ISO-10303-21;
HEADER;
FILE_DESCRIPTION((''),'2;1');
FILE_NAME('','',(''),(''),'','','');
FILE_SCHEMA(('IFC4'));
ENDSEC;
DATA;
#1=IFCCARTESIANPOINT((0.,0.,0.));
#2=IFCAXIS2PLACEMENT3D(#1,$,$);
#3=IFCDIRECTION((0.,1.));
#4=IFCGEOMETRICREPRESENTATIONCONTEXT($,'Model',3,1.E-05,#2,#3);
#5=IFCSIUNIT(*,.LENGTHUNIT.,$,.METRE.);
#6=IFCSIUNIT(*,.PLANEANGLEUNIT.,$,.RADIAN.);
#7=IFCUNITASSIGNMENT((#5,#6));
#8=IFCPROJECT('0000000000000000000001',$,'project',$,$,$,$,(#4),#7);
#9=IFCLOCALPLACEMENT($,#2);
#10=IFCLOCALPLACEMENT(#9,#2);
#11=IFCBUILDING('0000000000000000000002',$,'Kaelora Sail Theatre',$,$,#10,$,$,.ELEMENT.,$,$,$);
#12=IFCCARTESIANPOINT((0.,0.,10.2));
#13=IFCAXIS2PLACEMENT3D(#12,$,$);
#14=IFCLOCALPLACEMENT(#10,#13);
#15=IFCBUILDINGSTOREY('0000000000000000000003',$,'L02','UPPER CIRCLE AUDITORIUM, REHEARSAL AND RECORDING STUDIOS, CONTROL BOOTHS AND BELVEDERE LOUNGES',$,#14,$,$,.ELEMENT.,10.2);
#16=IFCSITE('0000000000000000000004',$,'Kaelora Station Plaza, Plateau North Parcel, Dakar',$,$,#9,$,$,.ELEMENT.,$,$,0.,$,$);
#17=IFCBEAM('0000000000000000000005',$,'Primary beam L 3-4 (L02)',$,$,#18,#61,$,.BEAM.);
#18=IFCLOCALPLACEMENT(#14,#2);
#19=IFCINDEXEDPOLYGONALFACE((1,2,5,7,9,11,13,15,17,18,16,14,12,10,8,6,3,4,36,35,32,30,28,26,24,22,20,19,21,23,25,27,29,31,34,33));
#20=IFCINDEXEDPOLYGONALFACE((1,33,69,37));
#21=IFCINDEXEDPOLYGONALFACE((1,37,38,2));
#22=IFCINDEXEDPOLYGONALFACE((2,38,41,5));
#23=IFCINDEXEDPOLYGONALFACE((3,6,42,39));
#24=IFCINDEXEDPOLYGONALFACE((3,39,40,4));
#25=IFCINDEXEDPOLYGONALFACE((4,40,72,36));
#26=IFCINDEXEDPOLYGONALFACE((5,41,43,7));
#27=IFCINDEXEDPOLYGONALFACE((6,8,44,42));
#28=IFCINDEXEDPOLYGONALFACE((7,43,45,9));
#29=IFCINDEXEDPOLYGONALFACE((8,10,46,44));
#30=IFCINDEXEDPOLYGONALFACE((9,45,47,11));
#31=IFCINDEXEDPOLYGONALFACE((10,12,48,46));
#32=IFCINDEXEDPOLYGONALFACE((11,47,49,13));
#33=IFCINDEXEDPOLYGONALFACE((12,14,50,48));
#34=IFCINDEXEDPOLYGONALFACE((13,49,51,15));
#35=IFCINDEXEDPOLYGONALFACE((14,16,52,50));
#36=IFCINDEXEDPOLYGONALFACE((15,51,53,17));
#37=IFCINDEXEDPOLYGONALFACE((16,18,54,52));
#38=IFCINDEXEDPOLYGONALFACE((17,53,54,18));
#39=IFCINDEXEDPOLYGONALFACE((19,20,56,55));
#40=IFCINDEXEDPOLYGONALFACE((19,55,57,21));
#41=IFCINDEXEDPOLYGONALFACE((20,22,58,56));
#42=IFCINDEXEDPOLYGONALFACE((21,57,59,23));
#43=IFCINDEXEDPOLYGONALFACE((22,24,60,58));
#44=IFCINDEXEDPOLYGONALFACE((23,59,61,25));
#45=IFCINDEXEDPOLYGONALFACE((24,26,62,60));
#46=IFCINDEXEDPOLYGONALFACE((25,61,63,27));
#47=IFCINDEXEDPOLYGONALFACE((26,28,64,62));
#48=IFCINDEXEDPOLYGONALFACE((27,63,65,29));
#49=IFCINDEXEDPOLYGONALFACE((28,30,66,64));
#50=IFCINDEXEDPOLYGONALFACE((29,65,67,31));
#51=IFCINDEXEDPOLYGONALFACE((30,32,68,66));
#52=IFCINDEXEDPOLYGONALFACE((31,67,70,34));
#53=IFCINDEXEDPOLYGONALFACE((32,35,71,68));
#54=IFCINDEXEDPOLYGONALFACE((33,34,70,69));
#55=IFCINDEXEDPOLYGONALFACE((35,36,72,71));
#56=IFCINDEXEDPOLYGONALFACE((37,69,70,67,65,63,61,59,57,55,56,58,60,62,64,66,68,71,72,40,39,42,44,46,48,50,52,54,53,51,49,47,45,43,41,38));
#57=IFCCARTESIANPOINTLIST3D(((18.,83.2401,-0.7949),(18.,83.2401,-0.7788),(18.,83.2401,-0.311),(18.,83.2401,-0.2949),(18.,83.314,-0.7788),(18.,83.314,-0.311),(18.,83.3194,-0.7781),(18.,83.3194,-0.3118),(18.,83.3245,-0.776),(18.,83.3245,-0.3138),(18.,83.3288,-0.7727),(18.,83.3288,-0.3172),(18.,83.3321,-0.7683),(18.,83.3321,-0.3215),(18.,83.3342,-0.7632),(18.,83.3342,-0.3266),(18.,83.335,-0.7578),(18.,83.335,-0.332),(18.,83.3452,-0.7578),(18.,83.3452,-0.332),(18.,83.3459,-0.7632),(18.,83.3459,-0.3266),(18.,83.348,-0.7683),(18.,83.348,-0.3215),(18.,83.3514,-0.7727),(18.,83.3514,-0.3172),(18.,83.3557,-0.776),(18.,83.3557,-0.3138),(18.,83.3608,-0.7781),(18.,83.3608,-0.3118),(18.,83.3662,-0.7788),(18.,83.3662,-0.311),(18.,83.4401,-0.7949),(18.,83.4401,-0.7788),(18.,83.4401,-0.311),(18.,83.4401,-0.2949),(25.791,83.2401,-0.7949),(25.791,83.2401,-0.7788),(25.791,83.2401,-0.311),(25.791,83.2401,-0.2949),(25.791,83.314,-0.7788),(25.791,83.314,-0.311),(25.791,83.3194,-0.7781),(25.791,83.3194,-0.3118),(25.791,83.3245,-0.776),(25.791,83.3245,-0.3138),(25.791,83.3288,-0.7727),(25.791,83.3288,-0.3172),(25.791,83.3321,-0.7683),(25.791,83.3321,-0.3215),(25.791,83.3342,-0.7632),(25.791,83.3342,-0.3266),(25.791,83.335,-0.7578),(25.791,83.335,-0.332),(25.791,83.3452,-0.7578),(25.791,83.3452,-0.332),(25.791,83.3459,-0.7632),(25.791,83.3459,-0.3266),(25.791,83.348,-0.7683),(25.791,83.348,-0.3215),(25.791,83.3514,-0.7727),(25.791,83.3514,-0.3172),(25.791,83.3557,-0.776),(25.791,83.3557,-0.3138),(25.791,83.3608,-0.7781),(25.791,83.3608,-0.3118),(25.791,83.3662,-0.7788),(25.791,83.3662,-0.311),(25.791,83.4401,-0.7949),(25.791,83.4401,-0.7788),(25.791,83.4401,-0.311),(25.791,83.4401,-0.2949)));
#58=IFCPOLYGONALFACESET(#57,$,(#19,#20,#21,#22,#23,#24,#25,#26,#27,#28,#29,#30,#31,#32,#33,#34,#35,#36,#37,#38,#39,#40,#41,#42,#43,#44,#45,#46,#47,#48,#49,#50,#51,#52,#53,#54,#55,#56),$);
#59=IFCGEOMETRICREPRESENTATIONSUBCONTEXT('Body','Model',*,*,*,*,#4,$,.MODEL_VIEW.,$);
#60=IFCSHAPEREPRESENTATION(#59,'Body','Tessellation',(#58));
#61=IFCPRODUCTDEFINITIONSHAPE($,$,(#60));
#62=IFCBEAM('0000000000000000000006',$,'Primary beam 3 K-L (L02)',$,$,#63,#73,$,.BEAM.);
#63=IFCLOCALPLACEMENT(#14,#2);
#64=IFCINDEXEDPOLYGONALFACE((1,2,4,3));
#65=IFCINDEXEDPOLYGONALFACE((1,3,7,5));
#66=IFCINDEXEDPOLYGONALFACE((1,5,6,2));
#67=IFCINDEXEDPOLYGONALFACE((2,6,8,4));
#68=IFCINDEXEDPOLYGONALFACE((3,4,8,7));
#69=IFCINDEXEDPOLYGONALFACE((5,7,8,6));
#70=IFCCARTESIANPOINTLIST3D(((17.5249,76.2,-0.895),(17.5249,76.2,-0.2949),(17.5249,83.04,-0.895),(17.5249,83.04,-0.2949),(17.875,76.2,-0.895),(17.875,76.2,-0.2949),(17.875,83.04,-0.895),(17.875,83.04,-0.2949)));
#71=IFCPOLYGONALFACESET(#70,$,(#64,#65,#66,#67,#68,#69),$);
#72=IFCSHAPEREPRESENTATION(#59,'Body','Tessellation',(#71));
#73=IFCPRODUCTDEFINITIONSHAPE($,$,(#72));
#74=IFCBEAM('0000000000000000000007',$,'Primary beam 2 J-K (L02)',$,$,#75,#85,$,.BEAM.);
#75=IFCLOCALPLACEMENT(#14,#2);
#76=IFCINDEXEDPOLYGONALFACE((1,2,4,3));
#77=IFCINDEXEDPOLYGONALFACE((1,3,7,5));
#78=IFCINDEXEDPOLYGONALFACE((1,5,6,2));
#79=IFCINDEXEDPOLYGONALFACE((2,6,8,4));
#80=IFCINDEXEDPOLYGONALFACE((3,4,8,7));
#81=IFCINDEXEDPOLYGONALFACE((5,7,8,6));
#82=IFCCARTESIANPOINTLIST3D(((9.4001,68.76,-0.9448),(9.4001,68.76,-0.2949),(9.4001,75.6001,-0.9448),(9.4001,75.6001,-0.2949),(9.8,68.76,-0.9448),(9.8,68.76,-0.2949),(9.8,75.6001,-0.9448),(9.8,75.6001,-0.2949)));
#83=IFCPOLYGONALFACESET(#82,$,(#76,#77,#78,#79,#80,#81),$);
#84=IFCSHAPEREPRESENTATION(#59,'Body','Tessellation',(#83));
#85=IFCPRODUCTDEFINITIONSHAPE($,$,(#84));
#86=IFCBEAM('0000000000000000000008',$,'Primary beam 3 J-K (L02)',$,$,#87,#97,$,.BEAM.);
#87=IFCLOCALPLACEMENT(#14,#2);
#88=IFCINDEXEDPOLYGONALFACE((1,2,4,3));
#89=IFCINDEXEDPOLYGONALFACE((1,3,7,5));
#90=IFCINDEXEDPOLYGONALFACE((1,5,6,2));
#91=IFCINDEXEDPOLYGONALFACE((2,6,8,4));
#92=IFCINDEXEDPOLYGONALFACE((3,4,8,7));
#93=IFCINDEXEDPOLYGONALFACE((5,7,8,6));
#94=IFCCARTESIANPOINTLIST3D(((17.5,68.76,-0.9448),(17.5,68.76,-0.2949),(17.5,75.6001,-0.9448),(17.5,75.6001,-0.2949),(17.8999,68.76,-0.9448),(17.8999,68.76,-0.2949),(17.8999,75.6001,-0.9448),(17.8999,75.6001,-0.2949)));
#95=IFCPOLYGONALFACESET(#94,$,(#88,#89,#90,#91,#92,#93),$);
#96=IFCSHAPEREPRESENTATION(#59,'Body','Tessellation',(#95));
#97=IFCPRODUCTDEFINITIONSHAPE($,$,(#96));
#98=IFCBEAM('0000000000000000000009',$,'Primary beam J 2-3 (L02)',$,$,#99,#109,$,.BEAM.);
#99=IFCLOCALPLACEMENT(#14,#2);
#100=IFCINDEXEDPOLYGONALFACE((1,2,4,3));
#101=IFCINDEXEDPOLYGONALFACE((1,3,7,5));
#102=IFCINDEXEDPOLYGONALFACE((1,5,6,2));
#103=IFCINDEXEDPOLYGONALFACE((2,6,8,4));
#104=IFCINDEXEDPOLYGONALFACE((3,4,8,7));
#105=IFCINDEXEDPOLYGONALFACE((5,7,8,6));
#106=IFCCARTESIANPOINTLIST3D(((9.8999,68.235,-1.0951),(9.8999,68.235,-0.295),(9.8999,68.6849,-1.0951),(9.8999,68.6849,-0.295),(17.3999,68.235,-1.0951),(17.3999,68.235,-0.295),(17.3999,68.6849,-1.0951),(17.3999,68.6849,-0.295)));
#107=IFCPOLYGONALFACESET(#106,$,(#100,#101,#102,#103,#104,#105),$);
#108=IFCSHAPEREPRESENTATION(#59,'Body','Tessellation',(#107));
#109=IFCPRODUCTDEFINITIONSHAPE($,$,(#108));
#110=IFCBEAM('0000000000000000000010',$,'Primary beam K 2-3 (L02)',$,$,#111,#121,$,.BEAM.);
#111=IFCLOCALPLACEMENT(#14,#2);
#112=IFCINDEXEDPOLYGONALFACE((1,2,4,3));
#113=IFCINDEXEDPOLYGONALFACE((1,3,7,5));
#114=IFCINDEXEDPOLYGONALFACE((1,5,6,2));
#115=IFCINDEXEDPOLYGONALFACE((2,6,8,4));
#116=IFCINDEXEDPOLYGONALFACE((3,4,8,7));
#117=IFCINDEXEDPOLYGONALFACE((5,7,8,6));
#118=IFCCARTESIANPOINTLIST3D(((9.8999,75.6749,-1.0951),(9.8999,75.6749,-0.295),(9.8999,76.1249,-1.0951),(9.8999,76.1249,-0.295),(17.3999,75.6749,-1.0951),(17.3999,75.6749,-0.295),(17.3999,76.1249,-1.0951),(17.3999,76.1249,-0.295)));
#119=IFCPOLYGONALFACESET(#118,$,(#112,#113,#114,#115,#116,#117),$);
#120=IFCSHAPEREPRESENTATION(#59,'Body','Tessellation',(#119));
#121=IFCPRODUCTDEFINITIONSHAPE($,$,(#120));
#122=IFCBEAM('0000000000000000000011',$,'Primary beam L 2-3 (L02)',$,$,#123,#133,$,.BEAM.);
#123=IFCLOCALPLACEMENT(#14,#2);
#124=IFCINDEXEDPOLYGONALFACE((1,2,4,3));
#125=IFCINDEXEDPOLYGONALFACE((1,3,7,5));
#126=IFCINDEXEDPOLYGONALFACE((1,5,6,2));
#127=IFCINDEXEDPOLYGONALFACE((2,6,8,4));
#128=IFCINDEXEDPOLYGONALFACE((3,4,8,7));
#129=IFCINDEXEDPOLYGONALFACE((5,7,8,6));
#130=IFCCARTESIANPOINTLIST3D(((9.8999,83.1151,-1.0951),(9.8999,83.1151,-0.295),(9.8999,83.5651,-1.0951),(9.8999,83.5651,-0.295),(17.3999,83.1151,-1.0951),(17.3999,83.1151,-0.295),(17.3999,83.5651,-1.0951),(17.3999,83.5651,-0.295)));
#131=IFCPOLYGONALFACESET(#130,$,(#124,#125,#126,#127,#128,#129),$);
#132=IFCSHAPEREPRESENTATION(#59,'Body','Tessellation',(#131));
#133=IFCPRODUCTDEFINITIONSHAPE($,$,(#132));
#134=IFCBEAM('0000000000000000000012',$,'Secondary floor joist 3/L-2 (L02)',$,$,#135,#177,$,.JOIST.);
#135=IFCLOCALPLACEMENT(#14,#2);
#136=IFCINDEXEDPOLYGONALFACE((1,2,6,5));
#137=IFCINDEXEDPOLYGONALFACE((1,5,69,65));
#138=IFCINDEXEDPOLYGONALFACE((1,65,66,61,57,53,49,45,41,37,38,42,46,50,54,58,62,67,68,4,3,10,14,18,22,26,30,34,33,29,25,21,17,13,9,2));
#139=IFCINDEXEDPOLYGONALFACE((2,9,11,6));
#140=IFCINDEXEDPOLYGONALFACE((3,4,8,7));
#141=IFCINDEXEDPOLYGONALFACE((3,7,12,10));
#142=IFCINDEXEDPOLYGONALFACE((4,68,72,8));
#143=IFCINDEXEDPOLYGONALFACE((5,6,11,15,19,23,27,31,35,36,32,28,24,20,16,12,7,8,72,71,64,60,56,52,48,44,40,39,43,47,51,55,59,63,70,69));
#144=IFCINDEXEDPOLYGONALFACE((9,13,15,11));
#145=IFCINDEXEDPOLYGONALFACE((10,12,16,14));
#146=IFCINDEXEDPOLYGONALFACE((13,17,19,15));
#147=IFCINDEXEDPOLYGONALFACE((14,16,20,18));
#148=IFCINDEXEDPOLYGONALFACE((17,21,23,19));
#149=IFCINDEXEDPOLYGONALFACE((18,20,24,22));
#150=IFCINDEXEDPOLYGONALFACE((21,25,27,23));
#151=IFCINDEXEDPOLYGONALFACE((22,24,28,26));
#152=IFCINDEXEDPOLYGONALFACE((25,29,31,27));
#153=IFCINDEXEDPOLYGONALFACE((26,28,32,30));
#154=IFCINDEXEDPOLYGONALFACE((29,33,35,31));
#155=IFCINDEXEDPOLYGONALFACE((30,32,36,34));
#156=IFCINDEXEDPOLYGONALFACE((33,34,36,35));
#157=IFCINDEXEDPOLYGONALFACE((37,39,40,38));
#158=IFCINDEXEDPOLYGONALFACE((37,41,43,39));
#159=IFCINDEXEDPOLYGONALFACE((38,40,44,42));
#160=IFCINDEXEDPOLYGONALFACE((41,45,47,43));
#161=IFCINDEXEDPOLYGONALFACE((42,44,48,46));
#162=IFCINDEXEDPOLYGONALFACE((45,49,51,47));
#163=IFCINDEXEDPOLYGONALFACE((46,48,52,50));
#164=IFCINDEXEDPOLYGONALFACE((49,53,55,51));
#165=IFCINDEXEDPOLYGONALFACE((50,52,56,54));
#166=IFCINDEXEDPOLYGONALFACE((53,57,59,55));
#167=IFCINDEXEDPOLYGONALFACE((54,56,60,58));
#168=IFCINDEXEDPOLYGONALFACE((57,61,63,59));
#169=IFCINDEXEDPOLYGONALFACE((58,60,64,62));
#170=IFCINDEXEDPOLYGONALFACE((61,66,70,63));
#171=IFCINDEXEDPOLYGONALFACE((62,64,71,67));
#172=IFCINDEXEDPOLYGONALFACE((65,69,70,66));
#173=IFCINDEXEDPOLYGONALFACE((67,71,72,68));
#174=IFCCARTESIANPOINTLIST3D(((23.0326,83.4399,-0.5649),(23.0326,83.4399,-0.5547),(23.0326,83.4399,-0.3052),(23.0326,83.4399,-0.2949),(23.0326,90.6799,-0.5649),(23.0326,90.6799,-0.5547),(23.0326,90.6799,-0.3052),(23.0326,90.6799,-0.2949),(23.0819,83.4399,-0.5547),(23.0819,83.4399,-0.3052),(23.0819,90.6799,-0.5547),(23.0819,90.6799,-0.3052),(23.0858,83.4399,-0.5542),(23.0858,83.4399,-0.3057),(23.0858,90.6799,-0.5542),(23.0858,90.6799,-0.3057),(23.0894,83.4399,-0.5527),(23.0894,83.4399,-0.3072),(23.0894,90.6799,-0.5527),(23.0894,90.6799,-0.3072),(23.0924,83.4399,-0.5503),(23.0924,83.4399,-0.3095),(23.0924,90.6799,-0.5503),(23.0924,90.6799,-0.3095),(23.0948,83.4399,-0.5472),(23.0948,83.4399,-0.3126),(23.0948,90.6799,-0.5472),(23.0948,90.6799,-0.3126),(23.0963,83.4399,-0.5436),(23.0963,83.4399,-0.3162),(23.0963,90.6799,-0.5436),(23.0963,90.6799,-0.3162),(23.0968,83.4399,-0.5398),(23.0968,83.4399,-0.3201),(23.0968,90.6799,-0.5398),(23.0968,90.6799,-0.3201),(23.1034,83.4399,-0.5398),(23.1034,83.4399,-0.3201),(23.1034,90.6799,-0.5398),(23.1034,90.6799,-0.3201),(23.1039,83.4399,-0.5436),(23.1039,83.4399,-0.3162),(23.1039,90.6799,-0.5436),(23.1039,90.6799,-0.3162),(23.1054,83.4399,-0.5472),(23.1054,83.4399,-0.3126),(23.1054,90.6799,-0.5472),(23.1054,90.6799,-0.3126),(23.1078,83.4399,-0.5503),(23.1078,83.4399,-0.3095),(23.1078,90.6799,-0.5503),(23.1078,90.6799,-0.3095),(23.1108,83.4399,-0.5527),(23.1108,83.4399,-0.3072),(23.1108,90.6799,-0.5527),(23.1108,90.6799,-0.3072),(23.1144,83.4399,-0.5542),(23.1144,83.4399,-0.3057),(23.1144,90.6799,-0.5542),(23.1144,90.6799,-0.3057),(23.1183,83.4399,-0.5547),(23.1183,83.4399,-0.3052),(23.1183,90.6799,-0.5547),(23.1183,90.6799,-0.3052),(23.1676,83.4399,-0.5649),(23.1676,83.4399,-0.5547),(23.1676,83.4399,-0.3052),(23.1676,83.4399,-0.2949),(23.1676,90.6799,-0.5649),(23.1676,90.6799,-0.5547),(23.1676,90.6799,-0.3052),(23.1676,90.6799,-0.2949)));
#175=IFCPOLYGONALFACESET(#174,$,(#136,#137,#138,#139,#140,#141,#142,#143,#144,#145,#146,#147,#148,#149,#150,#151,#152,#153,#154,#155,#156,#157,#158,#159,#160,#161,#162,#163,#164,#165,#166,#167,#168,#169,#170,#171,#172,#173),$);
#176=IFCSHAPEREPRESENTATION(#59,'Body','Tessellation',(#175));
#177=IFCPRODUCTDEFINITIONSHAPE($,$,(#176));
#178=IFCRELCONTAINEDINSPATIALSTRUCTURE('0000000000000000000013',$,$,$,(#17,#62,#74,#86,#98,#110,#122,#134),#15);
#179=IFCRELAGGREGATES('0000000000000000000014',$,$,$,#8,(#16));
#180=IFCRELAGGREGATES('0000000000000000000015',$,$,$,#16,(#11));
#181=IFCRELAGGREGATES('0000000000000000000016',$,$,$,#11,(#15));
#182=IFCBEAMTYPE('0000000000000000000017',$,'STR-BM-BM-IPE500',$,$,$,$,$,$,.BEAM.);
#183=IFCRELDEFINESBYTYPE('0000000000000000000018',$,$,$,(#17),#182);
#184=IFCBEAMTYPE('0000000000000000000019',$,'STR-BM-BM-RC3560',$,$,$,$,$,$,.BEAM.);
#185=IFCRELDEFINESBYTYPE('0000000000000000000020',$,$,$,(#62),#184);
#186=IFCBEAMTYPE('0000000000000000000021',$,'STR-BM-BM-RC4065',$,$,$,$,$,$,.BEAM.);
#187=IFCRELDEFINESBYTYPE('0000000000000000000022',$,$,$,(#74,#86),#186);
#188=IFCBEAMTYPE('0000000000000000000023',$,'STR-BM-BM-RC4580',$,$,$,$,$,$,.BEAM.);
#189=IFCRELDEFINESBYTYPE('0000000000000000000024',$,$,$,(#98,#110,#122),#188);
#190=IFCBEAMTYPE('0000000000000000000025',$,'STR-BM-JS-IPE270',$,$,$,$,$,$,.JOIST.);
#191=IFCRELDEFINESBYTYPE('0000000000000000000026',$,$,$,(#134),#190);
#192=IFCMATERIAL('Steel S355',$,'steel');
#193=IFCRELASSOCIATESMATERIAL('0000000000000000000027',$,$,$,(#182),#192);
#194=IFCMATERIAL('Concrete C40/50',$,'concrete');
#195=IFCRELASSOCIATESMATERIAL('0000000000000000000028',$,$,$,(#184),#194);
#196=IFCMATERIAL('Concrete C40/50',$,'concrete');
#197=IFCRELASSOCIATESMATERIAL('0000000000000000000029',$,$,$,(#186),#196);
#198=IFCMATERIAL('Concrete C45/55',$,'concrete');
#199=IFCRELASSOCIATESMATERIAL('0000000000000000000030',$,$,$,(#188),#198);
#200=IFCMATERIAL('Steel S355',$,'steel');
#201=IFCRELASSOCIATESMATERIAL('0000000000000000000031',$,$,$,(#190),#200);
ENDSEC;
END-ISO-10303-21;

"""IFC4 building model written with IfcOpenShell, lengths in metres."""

from ifc_helpers import new_model, si_unit, direction, frame, origin, origin_2d, place, context, subcontext, project, spatial, rectangle, i_section, extrude, material, material_profile, profile_set, type_object, element, save


model = new_model("IFC4")

# Units and contexts
model_context = context("Model", 3, precision=1e-05, world=origin(), true_north=direction((0.0, 1.0)))
body_context = subcontext(model_context, "Body", "Model", "MODEL_VIEW")
ifc_project = project(units=[si_unit("LENGTHUNIT", "METRE"), si_unit("PLANEANGLEUNIT", "RADIAN")], contexts=[model_context])

# Site, building, storey
site_placement = place(None, origin())
site = spatial("IfcSite", under=ifc_project, at=site_placement, Name="Kaelora Station Plaza, Plateau North Parcel, Dakar", CompositionType="ELEMENT", RefElevation=0.0)
building_placement = place(site_placement, origin())
building = spatial("IfcBuilding", under=site, at=building_placement, Name="Kaelora Sail Theatre", CompositionType="ELEMENT")
storey_placement = place(building_placement, frame((0.0, 0.0, 10.2)))
storey = spatial("IfcBuildingStorey", under=building, at=storey_placement, Name="L02", Description="UPPER CIRCLE AUDITORIUM, REHEARSAL AND RECORDING STUDIOS, CONTROL BOOTHS AND BELVEDERE LOUNGES", CompositionType="ELEMENT", Elevation=10.2)

# Beams
ifc_material_1 = material(Name="Steel S355", Category="steel")
ifc_material_profile_1 = material_profile(ifc_material_1, i_section(OverallWidth=0.2, OverallDepth=0.5, WebThickness=0.0103, FlangeThickness=0.0161, FilletRadius=0.021, at=origin_2d()), Name="IPE 500")
ifc_profile_set_1 = profile_set([ifc_material_profile_1], Name="Steel S355")
beam_type_1 = type_object("IfcBeamType", Name="STR-BM-BM-IPE500", PredefinedType="BEAM", material=ifc_profile_set_1)
for number, where, z_axis, x_axis, name in (
    (1, (18.0, 83.3401, -0.5449), (1.0, 0.0, 0.0), (0.0, 1.0, 0.0), "Primary beam L 3-4 (L02)"),
):
    element("IfcBeam", number, at=place(storey_placement, frame(where, z_axis=z_axis, x_axis=x_axis)), inside=storey, type_object=beam_type_1, Name=name, PredefinedType="BEAM", context=body_context, shape_type="SweptSolid", body=[
        extrude(i_section(OverallWidth=0.2, OverallDepth=0.5, WebThickness=0.0103, FlangeThickness=0.0161, FilletRadius=0.021, at=origin_2d()), origin(), (0.0, 0.0, 1.0), 7.791),
    ])
ifc_material_2 = material(Name="Concrete C40/50", Category="concrete")
ifc_material_profile_2 = material_profile(ifc_material_2, rectangle(XDim=0.3501, YDim=0.6001, at=origin_2d()), Name="RC-BM 350x600")
ifc_profile_set_2 = profile_set([ifc_material_profile_2], Name="Concrete C40/50")
beam_type_2 = type_object("IfcBeamType", Name="STR-BM-BM-RC3560", PredefinedType="BEAM", material=ifc_profile_set_2)
beam_1_placement = place(storey_placement, frame((17.7, 76.2, -0.595), z_axis=(0.0, 1.0, 0.0), x_axis=(-1.0, 0.0, 0.0)))
element("IfcBeam", 2, at=beam_1_placement, inside=storey, type_object=beam_type_2, Name="Primary beam 3 K-L (L02)", PredefinedType="BEAM", context=body_context, shape_type="SweptSolid", body=[
    extrude(rectangle(XDim=0.3501, YDim=0.6001, at=origin_2d()), origin(), (0.0, 0.0, 1.0), 6.8401),
])
ifc_material_3 = material(Name="Concrete C40/50", Category="concrete")
ifc_material_profile_3 = material_profile(ifc_material_3, rectangle(XDim=0.3999, YDim=0.6499, at=origin_2d()), Name="RC-BM 400x650")
ifc_profile_set_3 = profile_set([ifc_material_profile_3], Name="Concrete C40/50")
beam_type_3 = type_object("IfcBeamType", Name="STR-BM-BM-RC4065", PredefinedType="BEAM", material=ifc_profile_set_3)
for number, where, z_axis, x_axis, name in (
    (3, (9.6001, 68.76, -0.6199), (0.0, 1.0, 0.0), (-1.0, 0.0, 0.0), "Primary beam 2 J-K (L02)"),
    (4, (17.7, 68.76, -0.6199), (0.0, 1.0, 0.0), (-1.0, 0.0, 0.0), "Primary beam 3 J-K (L02)"),
):
    element("IfcBeam", number, at=place(storey_placement, frame(where, z_axis=z_axis, x_axis=x_axis)), inside=storey, type_object=beam_type_3, Name=name, PredefinedType="BEAM", context=body_context, shape_type="SweptSolid", body=[
        extrude(rectangle(XDim=0.3999, YDim=0.6499, at=origin_2d()), origin(), (0.0, 0.0, 1.0), 6.8401),
    ])
ifc_material_4 = material(Name="Concrete C45/55", Category="concrete")
ifc_material_profile_4 = material_profile(ifc_material_4, rectangle(XDim=0.45, YDim=0.8, at=origin_2d()), Name="RC-BM 450x800")
ifc_profile_set_4 = profile_set([ifc_material_profile_4], Name="Concrete C45/55")
beam_type_4 = type_object("IfcBeamType", Name="STR-BM-BM-RC4580", PredefinedType="BEAM", material=ifc_profile_set_4)
for number, where, z_axis, x_axis, name in (
    (5, (9.8999, 68.46, -0.6951), (1.0, 0.0, 0.0), (0.0, 1.0, 0.0), "Primary beam J 2-3 (L02)"),
    (6, (9.8999, 75.8999, -0.6951), (1.0, 0.0, 0.0), (0.0, 1.0, 0.0), "Primary beam K 2-3 (L02)"),
    (7, (9.8999, 83.3401, -0.6951), (1.0, 0.0, 0.0), (0.0, 1.0, 0.0), "Primary beam L 2-3 (L02)"),
):
    element("IfcBeam", number, at=place(storey_placement, frame(where, z_axis=z_axis, x_axis=x_axis)), inside=storey, type_object=beam_type_4, Name=name, PredefinedType="BEAM", context=body_context, shape_type="SweptSolid", body=[
        extrude(rectangle(XDim=0.45, YDim=0.8, at=origin_2d()), origin(), (0.0, 0.0, 1.0), 7.5),
    ])
ifc_material_5 = material(Name="Steel S355", Category="steel")
ifc_material_profile_5 = material_profile(ifc_material_5, i_section(OverallWidth=0.135, OverallDepth=0.27, WebThickness=0.0066, FlangeThickness=0.0103, FilletRadius=0.0149, at=origin_2d()), Name="IPE 270")
ifc_profile_set_5 = profile_set([ifc_material_profile_5], Name="Steel S355")
beam_type_5 = type_object("IfcBeamType", Name="STR-BM-JS-IPE270", PredefinedType="JOIST", material=ifc_profile_set_5)
beam_2_placement = place(storey_placement, frame((23.1001, 83.4399, -0.4299), z_axis=(0.0, 1.0, 0.0), x_axis=(-1.0, 0.0, 0.0)))
element("IfcBeam", 8, at=beam_2_placement, inside=storey, type_object=beam_type_5, Name="Secondary floor joist 3/L-2 (L02)", PredefinedType="JOIST", context=body_context, shape_type="SweptSolid", body=[
    extrude(i_section(OverallWidth=0.135, OverallDepth=0.27, WebThickness=0.0066, FlangeThickness=0.0103, FilletRadius=0.0149, at=origin_2d()), origin(), (0.0, 0.0, 1.0), 7.24),
])

save(model, "model.ifc")
